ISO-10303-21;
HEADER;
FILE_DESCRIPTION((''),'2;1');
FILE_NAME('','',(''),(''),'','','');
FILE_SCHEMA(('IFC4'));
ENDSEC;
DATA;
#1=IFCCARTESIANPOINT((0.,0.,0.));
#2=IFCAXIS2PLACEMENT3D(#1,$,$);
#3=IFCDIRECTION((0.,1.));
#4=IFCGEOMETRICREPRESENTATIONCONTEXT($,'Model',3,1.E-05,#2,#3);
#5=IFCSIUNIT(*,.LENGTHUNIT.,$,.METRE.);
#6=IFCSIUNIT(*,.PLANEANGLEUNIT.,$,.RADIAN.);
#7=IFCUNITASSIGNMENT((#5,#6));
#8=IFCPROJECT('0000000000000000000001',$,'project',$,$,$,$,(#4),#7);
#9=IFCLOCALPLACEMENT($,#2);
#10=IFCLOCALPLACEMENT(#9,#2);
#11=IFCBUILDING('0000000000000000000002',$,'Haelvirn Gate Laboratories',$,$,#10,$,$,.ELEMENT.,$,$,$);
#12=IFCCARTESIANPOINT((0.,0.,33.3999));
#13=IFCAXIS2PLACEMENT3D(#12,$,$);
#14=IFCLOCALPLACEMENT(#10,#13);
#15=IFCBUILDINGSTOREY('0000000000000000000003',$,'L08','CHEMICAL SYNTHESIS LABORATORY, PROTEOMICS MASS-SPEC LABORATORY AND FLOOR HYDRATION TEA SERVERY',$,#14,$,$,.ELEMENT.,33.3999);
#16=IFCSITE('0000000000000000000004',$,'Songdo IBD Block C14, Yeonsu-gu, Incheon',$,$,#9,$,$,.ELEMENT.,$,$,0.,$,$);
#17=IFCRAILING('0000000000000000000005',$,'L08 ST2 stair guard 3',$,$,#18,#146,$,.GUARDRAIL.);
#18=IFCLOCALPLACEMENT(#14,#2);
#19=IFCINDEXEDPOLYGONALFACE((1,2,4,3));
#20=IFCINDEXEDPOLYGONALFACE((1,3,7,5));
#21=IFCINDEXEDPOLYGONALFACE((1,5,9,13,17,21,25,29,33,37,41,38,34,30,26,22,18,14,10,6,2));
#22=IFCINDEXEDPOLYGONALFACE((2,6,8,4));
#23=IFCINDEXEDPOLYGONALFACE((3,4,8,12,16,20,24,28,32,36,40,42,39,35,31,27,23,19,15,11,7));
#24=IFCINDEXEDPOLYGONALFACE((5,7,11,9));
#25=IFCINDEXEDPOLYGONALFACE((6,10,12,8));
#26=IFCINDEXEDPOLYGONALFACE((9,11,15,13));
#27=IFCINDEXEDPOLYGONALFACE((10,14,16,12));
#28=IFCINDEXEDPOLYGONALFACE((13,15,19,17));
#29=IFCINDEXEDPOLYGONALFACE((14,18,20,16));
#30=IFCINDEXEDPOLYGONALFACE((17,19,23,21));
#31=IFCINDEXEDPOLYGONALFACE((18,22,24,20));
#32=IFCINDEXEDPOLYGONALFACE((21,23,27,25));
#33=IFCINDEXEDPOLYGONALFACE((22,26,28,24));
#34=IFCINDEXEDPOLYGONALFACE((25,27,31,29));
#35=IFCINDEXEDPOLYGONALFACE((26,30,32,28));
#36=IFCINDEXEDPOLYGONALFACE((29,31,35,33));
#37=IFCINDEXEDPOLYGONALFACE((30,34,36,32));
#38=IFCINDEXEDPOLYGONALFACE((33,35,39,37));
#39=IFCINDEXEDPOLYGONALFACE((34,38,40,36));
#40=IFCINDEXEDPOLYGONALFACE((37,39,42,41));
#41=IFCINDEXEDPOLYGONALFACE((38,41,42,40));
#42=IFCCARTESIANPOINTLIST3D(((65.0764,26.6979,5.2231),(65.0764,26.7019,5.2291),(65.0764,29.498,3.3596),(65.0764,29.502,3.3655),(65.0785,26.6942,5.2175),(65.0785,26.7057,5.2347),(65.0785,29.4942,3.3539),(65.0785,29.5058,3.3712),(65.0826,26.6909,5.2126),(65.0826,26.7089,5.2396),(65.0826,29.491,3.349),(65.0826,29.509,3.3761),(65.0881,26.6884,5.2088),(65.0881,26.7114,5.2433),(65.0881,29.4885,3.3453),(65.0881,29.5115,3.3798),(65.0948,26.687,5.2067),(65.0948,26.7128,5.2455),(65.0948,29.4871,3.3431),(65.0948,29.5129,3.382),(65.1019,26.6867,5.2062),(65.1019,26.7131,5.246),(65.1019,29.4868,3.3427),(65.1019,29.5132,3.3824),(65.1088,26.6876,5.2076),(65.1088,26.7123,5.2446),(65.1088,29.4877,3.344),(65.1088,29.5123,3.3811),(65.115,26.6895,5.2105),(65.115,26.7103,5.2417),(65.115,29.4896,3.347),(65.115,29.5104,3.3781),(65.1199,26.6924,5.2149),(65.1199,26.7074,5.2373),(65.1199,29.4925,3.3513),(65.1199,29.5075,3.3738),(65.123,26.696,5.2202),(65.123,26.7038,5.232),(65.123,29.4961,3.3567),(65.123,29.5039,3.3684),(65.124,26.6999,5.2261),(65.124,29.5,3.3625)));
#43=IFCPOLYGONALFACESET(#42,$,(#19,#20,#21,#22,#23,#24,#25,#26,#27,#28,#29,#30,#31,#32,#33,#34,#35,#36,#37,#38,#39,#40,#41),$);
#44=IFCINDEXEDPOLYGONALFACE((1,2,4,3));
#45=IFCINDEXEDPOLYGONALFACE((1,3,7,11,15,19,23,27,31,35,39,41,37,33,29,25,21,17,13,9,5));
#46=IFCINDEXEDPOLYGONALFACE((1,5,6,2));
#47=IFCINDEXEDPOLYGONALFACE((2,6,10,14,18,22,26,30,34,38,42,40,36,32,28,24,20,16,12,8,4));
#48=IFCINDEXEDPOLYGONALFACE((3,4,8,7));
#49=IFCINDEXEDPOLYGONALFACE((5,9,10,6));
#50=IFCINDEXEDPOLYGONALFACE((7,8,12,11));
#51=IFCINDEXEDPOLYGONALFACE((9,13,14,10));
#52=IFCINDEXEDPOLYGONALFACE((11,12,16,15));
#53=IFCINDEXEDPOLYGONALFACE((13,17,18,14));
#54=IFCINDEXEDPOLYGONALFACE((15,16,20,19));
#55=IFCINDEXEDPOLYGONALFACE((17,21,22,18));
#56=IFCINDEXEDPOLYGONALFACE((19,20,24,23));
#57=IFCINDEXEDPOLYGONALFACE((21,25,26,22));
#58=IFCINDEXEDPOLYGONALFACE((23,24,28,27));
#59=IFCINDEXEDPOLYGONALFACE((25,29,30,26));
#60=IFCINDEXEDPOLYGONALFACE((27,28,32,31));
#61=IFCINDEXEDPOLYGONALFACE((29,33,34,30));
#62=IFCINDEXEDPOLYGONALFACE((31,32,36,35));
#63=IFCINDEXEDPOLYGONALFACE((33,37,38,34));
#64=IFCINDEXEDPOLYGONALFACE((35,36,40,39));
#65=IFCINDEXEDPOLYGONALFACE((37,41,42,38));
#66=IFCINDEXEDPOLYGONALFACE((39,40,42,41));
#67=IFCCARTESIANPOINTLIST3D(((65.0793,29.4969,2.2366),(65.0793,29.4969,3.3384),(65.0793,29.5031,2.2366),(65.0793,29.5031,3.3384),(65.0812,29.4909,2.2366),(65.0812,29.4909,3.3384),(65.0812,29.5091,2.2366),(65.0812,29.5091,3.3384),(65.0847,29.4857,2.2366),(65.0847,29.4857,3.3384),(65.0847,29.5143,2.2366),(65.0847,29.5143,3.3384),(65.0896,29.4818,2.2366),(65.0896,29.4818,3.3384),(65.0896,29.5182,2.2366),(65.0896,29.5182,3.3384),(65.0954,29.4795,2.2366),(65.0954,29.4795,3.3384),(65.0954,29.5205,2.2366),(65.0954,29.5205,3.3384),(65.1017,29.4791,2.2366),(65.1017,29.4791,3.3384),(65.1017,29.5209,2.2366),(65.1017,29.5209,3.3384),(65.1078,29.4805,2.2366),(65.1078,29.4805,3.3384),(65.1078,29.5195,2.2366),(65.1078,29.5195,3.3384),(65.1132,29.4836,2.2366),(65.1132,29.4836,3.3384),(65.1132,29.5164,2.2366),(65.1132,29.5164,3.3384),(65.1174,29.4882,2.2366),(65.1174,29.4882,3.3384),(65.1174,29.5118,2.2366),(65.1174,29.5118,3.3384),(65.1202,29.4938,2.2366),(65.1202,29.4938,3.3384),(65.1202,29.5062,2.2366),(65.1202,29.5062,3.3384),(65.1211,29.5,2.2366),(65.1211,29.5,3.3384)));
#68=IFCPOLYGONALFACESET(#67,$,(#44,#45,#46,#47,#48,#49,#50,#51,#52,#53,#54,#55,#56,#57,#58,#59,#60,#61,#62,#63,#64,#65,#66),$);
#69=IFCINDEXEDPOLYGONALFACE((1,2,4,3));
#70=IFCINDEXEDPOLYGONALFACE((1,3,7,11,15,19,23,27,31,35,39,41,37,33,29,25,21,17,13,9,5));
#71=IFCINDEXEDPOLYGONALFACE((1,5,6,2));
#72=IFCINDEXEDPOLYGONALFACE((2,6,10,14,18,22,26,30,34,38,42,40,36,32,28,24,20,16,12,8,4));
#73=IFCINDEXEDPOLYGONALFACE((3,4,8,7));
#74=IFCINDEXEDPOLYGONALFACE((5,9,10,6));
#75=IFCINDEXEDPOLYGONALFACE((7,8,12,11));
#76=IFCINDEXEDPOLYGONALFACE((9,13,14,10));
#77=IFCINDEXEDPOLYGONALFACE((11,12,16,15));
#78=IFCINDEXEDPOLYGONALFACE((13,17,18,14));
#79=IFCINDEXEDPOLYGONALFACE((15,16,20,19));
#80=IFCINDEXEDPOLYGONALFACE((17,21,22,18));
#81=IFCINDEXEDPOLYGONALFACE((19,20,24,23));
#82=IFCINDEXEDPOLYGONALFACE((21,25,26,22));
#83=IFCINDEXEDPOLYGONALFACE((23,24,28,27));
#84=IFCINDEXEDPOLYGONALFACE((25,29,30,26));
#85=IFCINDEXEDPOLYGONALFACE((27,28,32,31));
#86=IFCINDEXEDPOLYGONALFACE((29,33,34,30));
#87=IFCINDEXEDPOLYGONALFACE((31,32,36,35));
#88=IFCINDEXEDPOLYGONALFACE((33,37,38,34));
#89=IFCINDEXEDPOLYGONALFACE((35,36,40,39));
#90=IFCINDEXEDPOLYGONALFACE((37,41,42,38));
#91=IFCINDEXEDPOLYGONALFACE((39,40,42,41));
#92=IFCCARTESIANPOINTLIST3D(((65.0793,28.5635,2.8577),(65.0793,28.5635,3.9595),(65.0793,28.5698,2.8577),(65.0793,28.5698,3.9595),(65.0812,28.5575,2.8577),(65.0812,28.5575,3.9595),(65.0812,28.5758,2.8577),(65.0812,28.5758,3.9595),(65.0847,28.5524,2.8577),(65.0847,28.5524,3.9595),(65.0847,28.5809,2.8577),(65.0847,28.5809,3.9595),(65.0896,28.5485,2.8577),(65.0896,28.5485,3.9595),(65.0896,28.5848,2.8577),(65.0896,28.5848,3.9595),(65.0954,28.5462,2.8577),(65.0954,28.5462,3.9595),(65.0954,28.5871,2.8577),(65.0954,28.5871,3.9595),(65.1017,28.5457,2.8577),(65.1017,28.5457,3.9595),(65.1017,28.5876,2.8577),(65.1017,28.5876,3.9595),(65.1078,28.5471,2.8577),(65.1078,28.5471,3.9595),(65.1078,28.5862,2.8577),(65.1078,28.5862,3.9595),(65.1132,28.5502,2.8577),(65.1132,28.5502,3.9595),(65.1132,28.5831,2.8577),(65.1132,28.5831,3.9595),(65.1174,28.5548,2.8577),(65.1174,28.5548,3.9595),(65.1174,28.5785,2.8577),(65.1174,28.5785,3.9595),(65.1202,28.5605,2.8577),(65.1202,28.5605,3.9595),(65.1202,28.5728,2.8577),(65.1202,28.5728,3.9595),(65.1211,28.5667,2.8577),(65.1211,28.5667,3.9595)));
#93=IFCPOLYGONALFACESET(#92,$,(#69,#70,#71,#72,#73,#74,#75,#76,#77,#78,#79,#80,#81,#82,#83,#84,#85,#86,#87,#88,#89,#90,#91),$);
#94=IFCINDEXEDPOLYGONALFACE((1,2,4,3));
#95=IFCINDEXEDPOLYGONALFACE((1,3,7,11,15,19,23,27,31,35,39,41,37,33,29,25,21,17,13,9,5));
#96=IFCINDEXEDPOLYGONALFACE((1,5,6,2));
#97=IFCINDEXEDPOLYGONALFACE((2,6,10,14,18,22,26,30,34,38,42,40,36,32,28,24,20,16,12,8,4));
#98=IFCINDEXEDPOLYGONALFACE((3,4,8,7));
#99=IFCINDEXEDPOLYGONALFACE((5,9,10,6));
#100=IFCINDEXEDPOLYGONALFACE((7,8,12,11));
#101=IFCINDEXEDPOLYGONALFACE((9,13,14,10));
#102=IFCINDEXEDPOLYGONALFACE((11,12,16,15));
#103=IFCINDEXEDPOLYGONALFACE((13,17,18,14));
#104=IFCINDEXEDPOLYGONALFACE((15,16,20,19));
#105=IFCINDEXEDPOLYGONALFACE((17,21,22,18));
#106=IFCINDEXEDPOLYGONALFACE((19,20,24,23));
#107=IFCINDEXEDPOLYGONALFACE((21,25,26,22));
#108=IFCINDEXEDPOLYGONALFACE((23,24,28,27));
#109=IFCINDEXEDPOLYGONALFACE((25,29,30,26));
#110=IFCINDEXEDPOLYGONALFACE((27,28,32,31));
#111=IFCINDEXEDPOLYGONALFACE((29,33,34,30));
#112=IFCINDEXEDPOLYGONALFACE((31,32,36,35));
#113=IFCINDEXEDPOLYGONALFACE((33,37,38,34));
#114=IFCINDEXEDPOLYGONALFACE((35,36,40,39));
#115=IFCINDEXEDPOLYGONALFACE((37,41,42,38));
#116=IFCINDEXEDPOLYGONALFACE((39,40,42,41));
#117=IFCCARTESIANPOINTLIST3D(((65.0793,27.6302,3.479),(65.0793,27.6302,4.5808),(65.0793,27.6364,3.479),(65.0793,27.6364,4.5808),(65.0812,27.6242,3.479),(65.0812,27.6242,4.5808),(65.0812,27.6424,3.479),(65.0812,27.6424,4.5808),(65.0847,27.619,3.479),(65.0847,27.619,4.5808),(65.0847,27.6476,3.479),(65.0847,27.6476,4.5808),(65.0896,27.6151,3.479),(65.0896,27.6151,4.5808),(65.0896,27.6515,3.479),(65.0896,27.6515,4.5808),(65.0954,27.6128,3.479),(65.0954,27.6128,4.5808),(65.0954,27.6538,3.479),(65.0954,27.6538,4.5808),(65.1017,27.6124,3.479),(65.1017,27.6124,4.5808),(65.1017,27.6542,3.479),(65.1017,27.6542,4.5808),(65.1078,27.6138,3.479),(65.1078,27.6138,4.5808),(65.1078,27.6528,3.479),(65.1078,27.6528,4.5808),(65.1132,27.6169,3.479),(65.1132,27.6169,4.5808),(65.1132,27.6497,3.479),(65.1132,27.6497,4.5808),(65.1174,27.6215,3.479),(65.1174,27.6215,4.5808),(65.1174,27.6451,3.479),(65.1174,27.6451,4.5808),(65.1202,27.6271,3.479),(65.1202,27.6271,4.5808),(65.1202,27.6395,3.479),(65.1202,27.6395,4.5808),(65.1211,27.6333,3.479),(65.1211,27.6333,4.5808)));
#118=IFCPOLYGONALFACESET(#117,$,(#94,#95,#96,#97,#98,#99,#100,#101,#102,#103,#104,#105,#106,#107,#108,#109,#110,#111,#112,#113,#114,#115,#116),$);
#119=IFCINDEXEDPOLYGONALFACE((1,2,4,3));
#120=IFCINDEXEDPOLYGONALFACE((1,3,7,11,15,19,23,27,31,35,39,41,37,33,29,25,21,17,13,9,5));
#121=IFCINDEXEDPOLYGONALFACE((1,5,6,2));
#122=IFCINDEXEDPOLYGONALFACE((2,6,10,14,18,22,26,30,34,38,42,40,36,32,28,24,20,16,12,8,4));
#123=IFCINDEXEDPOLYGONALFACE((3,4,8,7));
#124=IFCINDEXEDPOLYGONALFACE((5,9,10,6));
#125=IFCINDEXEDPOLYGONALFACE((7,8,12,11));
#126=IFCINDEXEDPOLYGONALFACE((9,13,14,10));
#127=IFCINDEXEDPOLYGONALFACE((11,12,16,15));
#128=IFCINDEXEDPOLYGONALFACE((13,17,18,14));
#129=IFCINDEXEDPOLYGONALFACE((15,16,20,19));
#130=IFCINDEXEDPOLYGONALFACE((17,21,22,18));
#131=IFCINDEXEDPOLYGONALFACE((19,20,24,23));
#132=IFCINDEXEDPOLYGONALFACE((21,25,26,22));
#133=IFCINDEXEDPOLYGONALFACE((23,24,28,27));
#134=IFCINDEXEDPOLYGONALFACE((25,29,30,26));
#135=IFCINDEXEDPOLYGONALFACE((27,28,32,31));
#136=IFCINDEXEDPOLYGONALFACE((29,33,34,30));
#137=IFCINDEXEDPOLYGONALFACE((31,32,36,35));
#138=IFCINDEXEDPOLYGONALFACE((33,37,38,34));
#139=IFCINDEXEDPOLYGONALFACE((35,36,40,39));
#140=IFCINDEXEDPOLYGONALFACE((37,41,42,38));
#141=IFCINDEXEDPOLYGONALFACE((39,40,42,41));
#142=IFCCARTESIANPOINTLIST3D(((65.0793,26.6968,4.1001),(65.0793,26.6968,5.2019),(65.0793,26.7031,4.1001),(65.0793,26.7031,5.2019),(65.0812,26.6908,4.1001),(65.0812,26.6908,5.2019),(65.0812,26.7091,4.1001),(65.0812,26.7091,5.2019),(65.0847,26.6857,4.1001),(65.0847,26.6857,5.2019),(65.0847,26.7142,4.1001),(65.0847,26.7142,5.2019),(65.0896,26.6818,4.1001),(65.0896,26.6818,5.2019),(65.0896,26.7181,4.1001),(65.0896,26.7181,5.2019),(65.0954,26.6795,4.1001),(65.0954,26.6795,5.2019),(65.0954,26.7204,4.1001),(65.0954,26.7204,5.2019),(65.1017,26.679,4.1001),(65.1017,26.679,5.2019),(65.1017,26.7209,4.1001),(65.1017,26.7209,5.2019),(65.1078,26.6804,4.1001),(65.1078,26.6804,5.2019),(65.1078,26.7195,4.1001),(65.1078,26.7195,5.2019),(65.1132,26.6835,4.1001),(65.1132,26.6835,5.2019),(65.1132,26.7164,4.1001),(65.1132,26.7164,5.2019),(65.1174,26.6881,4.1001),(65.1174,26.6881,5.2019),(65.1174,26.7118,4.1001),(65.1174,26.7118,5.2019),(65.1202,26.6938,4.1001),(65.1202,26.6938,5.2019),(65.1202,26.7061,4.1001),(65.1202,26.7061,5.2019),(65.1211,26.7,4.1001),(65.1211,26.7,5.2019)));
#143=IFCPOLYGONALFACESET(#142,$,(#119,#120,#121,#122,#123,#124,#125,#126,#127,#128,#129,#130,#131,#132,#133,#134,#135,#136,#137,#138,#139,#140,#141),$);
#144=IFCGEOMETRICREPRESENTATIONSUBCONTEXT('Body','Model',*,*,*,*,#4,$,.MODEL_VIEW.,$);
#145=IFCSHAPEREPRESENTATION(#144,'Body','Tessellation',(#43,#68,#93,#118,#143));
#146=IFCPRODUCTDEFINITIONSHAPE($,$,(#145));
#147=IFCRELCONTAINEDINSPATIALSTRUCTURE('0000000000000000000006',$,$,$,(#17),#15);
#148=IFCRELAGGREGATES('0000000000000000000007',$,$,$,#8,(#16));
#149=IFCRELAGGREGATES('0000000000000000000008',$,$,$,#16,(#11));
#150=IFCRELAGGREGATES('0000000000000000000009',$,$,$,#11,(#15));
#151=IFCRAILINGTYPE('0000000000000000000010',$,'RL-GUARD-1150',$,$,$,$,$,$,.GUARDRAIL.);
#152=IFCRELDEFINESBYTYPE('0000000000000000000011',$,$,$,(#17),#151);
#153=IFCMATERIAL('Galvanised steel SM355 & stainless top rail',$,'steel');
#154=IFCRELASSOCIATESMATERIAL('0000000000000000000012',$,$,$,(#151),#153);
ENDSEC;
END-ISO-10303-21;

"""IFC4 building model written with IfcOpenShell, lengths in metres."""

from ifc_helpers import new_model, si_unit, direction, frame, origin, origin_2d, place, context, subcontext, project, spatial, circle, extrude, source, transform, mapped, material, type_object, element, save


model = new_model("IFC4")

# Units and contexts
model_context = context("Model", 3, precision=1e-05, world=origin(), true_north=direction((0.0, 1.0)))
body_context = subcontext(model_context, "Body", "Model", "MODEL_VIEW")
ifc_project = project(units=[si_unit("LENGTHUNIT", "METRE"), si_unit("PLANEANGLEUNIT", "RADIAN")], contexts=[model_context])

# Site, building, storey
site_placement = place(None, origin())
site = spatial("IfcSite", under=ifc_project, at=site_placement, Name="Songdo IBD Block C14, Yeonsu-gu, Incheon", CompositionType="ELEMENT", RefElevation=0.0)
building_placement = place(site_placement, origin())
building = spatial("IfcBuilding", under=site, at=building_placement, Name="Haelvirn Gate Laboratories", CompositionType="ELEMENT")
storey_placement = place(building_placement, frame((0.0, 0.0, 33.3999)))
storey = spatial("IfcBuildingStorey", under=building, at=storey_placement, Name="L08", Description="CHEMICAL SYNTHESIS LABORATORY, PROTEOMICS MASS-SPEC LABORATORY AND FLOOR HYDRATION TEA SERVERY", CompositionType="ELEMENT", Elevation=33.3999)

# Railing
ifc_material_1 = material(Name="Galvanised steel SM355 & stainless top rail", Category="steel")
railing_type_1 = type_object("IfcRailingType", Name="RL-GUARD-1150", PredefinedType="GUARDRAIL", material=ifc_material_1)
shared_shape_1 = source(origin(), body_context, "Body", "SweptSolid", [
    extrude(circle(Radius=0.0239, at=origin_2d()), frame((0.0, 0.0, 1.126), z_axis=(0.0, -0.832486, 0.554047), x_axis=(1.0, 0.0, 0.0)), (0.0, 0.0, 1.0), 3.3635),
    extrude(circle(Radius=0.021, at=origin_2d()), origin(), (0.0, 0.0, 1.0), 1.1018),
    extrude(circle(Radius=0.021, at=origin_2d()), frame((0.0, -0.9333, 0.6211)), (0.0, 0.0, 1.0), 1.1018),
    extrude(circle(Radius=0.021, at=origin_2d()), frame((0.0, -1.8667, 1.2424)), (0.0, 0.0, 1.0), 1.1018),
    extrude(circle(Radius=0.021, at=origin_2d()), frame((0.0, -2.8, 1.8635)), (0.0, 0.0, 1.0), 1.1018),
])
railing_1_placement = place(storey_placement, frame((65.1001, 29.5, 2.2366)))
element("IfcRailing", 1, at=railing_1_placement, inside=storey, type_object=railing_type_1, Name="L08 ST2 stair guard 3", PredefinedType="GUARDRAIL", context=body_context, shape_type="MappedRepresentation", body=[
    mapped(shared_shape_1, transform((0.0, 0.0, 0.0), scale=1.0)),
])

save(model, "model.ifc")
